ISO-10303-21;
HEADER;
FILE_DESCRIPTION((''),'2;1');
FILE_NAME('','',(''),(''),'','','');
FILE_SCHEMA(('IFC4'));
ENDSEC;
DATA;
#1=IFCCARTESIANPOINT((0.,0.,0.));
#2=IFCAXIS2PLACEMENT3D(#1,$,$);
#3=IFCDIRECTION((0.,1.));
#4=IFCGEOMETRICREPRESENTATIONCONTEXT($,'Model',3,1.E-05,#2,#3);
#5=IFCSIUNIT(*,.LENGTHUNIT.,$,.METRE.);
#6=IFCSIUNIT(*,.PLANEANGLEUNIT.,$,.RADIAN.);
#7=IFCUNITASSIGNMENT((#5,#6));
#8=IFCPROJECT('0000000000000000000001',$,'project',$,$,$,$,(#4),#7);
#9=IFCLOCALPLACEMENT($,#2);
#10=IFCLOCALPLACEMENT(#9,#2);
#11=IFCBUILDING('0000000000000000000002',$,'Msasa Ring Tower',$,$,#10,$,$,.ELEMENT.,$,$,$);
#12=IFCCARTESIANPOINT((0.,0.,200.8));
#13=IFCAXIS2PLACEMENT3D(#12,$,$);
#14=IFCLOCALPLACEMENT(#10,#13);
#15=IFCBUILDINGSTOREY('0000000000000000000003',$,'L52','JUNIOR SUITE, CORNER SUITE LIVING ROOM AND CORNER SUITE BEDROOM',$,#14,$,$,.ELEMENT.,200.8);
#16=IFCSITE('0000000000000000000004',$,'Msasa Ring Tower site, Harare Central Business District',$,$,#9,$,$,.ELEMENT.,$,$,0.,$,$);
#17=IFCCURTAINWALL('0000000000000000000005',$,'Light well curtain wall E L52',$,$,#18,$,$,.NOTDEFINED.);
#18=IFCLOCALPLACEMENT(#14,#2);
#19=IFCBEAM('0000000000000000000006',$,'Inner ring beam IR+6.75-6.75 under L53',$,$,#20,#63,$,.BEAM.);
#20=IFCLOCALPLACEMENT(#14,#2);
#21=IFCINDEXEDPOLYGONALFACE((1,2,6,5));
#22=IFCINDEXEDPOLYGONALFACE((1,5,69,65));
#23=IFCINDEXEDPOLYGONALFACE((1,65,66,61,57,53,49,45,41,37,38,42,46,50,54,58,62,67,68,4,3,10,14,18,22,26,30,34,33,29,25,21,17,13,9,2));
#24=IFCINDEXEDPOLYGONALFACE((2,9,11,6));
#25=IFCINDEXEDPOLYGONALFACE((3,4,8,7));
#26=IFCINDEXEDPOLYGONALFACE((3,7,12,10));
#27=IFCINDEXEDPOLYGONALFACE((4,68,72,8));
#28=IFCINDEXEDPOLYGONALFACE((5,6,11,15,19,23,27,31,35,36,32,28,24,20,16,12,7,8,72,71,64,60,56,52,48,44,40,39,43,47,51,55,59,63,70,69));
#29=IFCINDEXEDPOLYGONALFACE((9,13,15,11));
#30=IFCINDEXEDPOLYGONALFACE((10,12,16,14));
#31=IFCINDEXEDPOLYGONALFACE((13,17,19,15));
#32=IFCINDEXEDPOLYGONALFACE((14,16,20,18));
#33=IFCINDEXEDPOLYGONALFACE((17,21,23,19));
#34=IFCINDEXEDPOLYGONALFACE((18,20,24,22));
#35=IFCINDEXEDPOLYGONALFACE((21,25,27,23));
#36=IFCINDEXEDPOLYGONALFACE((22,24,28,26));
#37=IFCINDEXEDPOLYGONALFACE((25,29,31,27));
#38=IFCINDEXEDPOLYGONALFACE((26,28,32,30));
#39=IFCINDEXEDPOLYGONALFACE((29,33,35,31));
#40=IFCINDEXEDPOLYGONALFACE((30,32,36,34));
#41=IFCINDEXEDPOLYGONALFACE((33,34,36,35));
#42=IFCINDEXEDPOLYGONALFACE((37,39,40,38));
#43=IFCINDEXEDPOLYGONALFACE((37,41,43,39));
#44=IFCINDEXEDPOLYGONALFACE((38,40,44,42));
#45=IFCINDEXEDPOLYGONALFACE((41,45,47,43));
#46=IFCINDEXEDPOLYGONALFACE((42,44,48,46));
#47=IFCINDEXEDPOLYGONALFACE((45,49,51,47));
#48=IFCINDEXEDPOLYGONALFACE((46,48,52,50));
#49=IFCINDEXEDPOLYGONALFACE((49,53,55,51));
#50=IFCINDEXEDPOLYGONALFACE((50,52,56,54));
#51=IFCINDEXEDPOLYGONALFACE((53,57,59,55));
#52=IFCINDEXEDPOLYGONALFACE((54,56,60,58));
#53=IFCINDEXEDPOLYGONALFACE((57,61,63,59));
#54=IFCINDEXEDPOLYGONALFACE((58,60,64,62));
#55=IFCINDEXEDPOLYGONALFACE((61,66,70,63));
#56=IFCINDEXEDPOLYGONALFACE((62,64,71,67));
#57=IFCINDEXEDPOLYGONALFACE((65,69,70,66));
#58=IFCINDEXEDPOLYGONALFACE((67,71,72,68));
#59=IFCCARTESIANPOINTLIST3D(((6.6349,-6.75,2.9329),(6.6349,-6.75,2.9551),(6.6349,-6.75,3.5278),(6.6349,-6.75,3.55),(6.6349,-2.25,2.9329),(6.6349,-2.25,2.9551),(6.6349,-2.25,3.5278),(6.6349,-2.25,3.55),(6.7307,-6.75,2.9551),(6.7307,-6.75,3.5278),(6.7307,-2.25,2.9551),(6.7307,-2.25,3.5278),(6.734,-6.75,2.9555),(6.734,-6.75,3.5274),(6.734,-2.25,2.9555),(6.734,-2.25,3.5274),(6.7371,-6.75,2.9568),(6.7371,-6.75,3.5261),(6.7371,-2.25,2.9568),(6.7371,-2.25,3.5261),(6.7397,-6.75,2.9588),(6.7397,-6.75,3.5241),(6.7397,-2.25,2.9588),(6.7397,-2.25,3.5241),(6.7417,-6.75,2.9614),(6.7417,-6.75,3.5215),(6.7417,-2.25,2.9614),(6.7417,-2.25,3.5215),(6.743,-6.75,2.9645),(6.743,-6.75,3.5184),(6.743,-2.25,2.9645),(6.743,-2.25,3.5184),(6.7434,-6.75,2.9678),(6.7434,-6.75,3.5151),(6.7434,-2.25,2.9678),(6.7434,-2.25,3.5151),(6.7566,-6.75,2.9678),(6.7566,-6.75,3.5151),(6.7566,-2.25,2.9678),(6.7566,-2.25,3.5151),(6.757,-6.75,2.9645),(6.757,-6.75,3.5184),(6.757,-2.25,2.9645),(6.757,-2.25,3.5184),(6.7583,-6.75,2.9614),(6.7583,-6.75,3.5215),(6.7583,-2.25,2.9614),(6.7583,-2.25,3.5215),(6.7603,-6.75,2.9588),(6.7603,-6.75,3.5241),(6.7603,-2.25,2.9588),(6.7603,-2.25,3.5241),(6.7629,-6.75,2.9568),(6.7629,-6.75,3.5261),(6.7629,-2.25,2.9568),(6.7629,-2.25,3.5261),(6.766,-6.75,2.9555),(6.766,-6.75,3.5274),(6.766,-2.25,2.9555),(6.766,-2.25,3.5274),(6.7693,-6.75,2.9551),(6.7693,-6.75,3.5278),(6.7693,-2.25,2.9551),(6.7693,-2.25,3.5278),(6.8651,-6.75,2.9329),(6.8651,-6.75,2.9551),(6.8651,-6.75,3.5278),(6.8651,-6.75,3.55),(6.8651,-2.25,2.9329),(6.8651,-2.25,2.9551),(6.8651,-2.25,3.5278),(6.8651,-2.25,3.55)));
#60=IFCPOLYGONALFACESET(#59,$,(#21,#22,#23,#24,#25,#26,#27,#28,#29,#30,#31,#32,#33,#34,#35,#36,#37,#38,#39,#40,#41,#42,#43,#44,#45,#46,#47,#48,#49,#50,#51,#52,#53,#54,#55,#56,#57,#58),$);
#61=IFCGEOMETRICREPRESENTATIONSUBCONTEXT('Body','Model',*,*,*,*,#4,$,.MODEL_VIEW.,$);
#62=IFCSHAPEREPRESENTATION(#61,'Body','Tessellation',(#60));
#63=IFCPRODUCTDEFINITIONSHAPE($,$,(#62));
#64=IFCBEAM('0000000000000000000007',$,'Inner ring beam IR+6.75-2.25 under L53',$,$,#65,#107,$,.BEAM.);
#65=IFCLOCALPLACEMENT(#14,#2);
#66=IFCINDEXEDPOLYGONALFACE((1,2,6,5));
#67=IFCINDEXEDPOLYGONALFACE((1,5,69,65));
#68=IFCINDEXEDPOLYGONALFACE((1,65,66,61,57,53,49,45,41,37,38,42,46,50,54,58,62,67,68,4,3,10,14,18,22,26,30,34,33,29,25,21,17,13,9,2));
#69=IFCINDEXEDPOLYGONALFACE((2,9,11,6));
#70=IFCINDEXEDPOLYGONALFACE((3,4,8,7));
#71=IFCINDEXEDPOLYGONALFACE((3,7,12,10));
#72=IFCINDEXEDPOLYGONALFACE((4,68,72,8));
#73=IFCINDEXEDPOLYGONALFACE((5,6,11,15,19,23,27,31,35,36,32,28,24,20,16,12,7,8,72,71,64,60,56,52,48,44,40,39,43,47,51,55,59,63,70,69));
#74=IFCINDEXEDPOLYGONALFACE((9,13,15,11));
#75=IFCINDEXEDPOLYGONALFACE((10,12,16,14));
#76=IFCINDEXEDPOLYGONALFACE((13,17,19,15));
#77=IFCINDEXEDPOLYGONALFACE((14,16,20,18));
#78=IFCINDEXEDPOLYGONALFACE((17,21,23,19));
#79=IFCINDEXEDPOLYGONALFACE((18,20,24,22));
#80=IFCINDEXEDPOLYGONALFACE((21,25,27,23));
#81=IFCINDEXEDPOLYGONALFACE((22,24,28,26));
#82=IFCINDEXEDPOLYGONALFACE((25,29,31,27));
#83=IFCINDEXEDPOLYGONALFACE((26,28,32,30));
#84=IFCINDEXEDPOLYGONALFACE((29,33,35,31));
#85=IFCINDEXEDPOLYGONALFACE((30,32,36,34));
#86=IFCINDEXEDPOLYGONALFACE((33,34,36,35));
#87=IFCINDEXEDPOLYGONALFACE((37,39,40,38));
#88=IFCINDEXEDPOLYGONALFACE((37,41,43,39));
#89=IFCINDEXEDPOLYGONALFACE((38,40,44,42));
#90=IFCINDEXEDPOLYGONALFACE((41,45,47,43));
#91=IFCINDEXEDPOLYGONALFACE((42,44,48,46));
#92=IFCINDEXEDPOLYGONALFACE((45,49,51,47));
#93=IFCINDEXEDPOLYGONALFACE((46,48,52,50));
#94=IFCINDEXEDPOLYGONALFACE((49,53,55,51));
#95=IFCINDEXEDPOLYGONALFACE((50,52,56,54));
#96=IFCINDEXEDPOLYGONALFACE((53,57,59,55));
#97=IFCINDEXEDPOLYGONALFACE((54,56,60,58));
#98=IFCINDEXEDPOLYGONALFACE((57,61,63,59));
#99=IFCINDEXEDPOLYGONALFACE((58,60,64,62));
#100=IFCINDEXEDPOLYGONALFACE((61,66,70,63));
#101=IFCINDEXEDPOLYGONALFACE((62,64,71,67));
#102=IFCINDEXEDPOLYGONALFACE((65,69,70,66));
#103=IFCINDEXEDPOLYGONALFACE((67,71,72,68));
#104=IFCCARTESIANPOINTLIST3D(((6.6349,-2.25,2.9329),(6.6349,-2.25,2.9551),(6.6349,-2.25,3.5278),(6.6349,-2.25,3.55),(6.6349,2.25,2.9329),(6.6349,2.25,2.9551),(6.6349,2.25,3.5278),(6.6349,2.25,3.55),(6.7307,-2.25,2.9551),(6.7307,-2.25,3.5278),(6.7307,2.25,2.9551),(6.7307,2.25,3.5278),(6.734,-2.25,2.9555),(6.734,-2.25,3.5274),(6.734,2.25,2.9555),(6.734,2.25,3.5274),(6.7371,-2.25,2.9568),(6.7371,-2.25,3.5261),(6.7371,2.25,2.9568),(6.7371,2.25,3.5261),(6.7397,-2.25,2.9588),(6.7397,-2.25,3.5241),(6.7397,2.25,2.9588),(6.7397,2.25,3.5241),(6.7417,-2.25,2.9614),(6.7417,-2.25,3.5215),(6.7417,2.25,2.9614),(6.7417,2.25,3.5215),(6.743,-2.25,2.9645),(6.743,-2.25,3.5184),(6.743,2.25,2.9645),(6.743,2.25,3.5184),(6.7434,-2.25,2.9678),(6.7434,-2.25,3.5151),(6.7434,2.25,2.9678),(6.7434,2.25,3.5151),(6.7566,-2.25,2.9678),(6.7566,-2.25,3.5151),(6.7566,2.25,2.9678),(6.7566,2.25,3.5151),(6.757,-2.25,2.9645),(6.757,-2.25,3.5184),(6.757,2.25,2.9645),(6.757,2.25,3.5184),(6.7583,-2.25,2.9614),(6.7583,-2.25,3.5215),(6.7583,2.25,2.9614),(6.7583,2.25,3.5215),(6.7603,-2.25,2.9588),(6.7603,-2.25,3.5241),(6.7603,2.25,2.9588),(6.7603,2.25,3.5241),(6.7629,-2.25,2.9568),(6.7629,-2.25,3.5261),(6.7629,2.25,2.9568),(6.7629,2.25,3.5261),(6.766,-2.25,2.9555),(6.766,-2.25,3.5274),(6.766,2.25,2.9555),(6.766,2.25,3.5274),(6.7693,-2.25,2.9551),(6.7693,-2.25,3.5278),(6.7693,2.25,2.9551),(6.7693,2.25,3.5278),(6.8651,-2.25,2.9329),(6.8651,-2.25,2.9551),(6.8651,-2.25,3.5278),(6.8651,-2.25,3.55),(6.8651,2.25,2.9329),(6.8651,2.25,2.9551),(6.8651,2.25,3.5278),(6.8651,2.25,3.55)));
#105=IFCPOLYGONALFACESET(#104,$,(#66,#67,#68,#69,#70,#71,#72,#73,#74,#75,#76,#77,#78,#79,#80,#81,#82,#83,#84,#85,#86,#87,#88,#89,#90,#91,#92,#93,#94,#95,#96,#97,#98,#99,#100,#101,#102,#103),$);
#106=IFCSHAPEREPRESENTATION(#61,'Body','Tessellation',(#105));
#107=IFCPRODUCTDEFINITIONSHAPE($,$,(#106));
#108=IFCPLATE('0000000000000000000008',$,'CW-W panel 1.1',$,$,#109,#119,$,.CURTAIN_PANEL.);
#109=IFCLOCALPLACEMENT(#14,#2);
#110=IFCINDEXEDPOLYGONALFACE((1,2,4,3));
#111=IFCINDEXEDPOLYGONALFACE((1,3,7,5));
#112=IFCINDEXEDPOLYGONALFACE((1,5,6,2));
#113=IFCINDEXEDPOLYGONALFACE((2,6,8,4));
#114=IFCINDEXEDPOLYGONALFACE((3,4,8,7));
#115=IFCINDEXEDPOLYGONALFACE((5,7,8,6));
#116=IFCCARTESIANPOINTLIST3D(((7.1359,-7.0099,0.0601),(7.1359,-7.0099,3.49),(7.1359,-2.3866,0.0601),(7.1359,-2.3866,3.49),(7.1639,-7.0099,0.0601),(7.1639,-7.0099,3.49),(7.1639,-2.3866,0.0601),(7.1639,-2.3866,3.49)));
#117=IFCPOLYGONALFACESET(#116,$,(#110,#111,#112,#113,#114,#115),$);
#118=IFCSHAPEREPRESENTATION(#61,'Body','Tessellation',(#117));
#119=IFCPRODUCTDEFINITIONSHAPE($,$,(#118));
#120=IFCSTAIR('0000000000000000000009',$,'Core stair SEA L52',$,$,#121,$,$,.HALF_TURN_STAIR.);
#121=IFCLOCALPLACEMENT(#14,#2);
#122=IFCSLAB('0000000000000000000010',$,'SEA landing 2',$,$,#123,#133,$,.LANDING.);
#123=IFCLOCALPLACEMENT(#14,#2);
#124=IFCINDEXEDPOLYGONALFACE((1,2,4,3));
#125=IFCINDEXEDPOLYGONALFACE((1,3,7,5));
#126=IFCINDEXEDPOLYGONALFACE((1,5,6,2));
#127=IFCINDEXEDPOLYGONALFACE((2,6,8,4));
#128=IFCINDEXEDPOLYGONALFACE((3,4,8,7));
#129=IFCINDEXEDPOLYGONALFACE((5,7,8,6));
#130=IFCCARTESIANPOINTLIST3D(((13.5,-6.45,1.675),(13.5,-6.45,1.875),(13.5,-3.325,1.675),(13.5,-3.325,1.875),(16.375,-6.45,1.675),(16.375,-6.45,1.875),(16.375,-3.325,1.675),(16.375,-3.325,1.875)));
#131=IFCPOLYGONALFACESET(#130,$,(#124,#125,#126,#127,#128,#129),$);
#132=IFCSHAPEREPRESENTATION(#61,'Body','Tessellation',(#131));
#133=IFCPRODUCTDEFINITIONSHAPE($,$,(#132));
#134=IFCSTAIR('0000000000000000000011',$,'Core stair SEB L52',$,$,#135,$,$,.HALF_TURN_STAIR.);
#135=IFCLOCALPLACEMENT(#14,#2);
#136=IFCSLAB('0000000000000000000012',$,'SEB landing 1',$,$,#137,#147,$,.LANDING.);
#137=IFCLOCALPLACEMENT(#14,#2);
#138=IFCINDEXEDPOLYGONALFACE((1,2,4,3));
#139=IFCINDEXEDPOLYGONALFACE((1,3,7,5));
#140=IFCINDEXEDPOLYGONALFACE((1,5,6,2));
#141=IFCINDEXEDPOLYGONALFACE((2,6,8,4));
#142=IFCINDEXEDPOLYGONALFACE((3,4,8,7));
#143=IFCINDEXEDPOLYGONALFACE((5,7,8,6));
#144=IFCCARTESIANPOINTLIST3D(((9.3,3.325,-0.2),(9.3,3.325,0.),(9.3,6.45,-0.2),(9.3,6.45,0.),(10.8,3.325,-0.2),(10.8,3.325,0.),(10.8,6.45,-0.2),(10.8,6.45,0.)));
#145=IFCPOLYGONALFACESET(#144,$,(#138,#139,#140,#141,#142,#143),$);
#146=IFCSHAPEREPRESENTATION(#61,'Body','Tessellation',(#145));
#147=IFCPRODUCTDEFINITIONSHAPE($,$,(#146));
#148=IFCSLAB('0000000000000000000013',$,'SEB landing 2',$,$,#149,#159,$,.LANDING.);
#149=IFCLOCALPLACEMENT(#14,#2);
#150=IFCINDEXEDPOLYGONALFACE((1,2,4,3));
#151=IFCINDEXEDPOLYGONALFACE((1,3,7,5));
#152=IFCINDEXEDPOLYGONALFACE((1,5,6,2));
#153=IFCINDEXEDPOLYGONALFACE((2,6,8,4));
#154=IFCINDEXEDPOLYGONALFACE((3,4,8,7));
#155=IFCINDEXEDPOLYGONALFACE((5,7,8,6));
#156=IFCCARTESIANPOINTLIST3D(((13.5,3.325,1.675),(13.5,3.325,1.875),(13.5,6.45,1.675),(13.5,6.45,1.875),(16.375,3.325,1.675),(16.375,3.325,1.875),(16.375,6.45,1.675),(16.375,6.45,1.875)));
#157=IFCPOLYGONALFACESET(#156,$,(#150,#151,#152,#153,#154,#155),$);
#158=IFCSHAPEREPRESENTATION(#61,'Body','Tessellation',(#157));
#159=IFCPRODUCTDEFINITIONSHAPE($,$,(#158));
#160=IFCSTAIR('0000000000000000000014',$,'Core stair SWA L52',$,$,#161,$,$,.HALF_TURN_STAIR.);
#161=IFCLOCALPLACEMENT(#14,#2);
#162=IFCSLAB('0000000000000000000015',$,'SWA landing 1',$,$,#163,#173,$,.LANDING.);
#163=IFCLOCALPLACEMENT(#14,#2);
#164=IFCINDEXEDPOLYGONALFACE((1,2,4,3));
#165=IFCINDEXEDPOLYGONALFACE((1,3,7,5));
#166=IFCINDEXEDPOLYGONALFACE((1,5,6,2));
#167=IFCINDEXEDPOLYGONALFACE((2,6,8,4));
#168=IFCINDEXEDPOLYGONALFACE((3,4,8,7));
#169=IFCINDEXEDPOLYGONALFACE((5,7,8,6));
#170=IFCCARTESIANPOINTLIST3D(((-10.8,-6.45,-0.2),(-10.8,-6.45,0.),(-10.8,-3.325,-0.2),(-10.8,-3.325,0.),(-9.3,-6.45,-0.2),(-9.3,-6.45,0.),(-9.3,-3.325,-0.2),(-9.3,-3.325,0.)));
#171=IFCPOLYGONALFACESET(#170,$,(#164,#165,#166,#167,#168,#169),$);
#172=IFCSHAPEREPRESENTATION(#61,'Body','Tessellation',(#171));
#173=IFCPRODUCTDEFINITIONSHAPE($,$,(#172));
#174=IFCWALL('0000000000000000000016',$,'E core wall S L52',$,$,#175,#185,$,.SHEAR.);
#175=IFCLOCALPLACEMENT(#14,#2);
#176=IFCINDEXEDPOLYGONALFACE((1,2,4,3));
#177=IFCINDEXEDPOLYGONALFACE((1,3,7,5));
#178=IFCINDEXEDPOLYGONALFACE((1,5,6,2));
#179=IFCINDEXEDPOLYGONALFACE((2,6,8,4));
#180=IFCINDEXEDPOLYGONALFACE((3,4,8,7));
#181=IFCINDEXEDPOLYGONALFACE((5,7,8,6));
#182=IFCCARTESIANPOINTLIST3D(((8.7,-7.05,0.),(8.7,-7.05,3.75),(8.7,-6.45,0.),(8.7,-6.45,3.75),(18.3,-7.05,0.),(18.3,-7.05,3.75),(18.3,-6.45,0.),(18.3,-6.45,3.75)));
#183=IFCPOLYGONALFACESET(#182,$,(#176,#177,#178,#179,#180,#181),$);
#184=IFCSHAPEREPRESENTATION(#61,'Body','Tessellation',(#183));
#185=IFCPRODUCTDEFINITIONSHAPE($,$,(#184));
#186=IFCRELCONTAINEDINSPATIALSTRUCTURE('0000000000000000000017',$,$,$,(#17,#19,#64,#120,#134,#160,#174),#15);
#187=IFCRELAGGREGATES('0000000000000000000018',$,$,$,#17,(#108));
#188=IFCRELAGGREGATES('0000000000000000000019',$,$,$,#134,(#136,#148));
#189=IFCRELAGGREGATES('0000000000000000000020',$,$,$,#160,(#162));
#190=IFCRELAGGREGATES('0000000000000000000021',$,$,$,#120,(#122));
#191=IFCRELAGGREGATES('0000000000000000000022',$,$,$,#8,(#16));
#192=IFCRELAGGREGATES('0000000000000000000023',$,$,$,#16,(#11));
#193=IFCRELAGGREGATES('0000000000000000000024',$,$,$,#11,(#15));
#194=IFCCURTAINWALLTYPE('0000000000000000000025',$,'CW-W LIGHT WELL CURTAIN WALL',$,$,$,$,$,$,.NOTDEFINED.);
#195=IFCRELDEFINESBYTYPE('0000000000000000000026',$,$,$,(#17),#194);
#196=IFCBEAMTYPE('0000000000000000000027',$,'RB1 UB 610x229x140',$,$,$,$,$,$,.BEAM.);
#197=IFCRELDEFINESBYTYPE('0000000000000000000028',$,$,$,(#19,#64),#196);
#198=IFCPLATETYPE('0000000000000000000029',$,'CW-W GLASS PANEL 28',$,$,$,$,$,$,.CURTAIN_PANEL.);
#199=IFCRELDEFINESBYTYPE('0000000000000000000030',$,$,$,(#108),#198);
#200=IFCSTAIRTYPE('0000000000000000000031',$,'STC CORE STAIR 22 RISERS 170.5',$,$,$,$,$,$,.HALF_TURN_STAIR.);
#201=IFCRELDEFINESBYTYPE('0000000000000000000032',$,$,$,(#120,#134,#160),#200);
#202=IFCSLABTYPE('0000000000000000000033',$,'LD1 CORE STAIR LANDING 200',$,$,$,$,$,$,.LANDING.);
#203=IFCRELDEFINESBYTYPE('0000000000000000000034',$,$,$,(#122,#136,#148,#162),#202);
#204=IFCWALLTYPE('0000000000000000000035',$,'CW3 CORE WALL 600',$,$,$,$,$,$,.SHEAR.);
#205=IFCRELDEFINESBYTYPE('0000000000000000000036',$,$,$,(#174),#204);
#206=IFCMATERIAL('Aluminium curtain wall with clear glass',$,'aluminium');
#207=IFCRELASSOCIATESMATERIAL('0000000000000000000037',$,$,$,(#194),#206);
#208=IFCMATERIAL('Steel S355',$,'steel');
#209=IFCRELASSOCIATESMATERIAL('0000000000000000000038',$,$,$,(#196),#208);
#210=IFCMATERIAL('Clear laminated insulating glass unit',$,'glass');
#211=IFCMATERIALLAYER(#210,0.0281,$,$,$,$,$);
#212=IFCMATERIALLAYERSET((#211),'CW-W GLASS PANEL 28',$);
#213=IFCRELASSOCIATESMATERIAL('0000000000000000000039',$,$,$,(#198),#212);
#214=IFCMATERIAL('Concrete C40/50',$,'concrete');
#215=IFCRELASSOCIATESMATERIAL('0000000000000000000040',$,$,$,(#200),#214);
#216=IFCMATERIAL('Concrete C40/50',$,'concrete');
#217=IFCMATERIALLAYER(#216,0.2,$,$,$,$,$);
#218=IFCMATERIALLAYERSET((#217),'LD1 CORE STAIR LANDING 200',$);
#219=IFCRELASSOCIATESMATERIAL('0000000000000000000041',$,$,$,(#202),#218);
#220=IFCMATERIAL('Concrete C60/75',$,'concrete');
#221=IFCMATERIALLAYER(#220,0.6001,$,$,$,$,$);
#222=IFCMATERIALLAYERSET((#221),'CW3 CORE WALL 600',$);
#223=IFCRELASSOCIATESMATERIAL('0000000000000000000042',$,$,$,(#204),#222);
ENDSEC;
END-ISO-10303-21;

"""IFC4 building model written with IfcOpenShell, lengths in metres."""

from ifc_helpers import new_model, si_unit, direction, frame, frame_2d, origin, origin_2d, place, context, subcontext, project, spatial, polyline, rectangle, i_section, outline, extrude, material, layer, layer_set, material_profile, profile_set, type_object, element, aggregate, save


model = new_model("IFC4")

# Units and contexts
model_context = context("Model", 3, precision=1e-05, world=origin(), true_north=direction((0.0, 1.0)))
body_context = subcontext(model_context, "Body", "Model", "MODEL_VIEW")
ifc_project = project(units=[si_unit("LENGTHUNIT", "METRE"), si_unit("PLANEANGLEUNIT", "RADIAN")], contexts=[model_context])

# Site, building, storey
site_placement = place(None, origin())
site = spatial("IfcSite", under=ifc_project, at=site_placement, Name="Msasa Ring Tower site, Harare Central Business District", CompositionType="ELEMENT", RefElevation=0.0)
building_placement = place(site_placement, origin())
building = spatial("IfcBuilding", under=site, at=building_placement, Name="Msasa Ring Tower", CompositionType="ELEMENT")
storey_placement = place(building_placement, frame((0.0, 0.0, 200.8)))
storey = spatial("IfcBuildingStorey", under=building, at=storey_placement, Name="L52", Description="JUNIOR SUITE, CORNER SUITE LIVING ROOM AND CORNER SUITE BEDROOM", CompositionType="ELEMENT", Elevation=200.8)

# Curtain wall
ifc_material_1 = material(Name="Aluminium curtain wall with clear glass", Category="aluminium")
curtain_wall_type = type_object("IfcCurtainWallType", Name="CW-W LIGHT WELL CURTAIN WALL", PredefinedType="NOTDEFINED", material=ifc_material_1)
curtain_wall_placement = place(storey_placement, origin())
curtain_wall = element("IfcCurtainWall", 1, at=curtain_wall_placement, inside=storey, type_object=curtain_wall_type, Name="Light well curtain wall E L52", PredefinedType="NOTDEFINED")

# Beams
ifc_material_2 = material(Name="Steel S355", Category="steel")
ifc_material_profile_1 = material_profile(ifc_material_2, i_section(OverallWidth=0.2302, OverallDepth=0.6172, WebThickness=0.0132, FlangeThickness=0.0222, FilletRadius=0.0127, at=origin_2d()), Name="UB 610x229x140")
ifc_profile_set_1 = profile_set([ifc_material_profile_1], Name="Steel S355")
beam_type = type_object("IfcBeamType", Name="RB1 UB 610x229x140", PredefinedType="BEAM", material=ifc_profile_set_1)
for number, where, z_axis, x_axis, name in (
    (2, (6.75, -6.75, 3.2415), (0.0, 1.0, 0.0), (-1.0, 0.0, 0.0), "Inner ring beam IR+6.75-6.75 under L53"),
    (3, (6.75, -2.25, 3.2415), (0.0, 1.0, 0.0), (-1.0, 0.0, 0.0), "Inner ring beam IR+6.75-2.25 under L53"),
):
    element("IfcBeam", number, at=place(storey_placement, frame(where, z_axis=z_axis, x_axis=x_axis)), inside=storey, type_object=beam_type, Name=name, PredefinedType="BEAM", context=body_context, shape_type="SweptSolid", body=[
        extrude(i_section(OverallWidth=0.2302, OverallDepth=0.6172, WebThickness=0.0132, FlangeThickness=0.0222, FilletRadius=0.0127, at=origin_2d()), origin(), (0.0, 0.0, 1.0), 4.5),
    ])

# Plate
ifc_material_3 = material(Name="Clear laminated insulating glass unit", Category="glass")
ifc_layer_1 = layer(ifc_material_3, 0.0281)
ifc_layer_set_1 = layer_set([ifc_layer_1], Name="CW-W GLASS PANEL 28")
plate_type = type_object("IfcPlateType", Name="CW-W GLASS PANEL 28", PredefinedType="CURTAIN_PANEL", material=ifc_layer_set_1)
plate_placement = place(storey_placement, frame((7.1499, -4.6982, 0.0601), z_axis=(0.0, 0.0, 1.0), x_axis=(0.0, 1.0, 0.0)))
plate = element("IfcPlate", 4, at=plate_placement, type_object=plate_type, Name="CW-W panel 1.1", PredefinedType="CURTAIN_PANEL", context=body_context, shape_type="SweptSolid", body=[
    extrude(rectangle(XDim=4.6233, YDim=0.0281, at=origin_2d()), origin(), (0.0, 0.0, 1.0), 3.4299),
])
aggregate(curtain_wall, [plate])

# Stair, slab
ifc_material_4 = material(Name="Concrete C40/50", Category="concrete")
stair_type = type_object("IfcStairType", Name="STC CORE STAIR 22 RISERS 170.5", PredefinedType="HALF_TURN_STAIR", material=ifc_material_4)
stair_1_placement = place(storey_placement, origin())
stair_1 = element("IfcStair", 5, at=stair_1_placement, inside=storey, type_object=stair_type, Name="Core stair SEA L52", PredefinedType="HALF_TURN_STAIR")
ifc_material_5 = material(Name="Concrete C40/50", Category="concrete")
ifc_layer_2 = layer(ifc_material_5, 0.2)
ifc_layer_set_2 = layer_set([ifc_layer_2], Name="LD1 CORE STAIR LANDING 200")
slab_type = type_object("IfcSlabType", Name="LD1 CORE STAIR LANDING 200", PredefinedType="LANDING", material=ifc_layer_set_2)
slab_1_placement = place(storey_placement, frame((0.0, 0.0, 1.675)))
slab_1 = element("IfcSlab", 6, at=slab_1_placement, type_object=slab_type, Name="SEA landing 2", PredefinedType="LANDING", context=body_context, shape_type="SweptSolid", body=[
    extrude(outline(polyline([(13.5, -6.45), (16.375, -6.45), (16.375, -3.325), (13.5, -3.325), (13.5, -6.45)])), origin(), (0.0, 0.0, 1.0), 0.2),
])

# Stair, slabs
stair_2_placement = place(storey_placement, origin())
stair_2 = element("IfcStair", 7, at=stair_2_placement, inside=storey, type_object=stair_type, Name="Core stair SEB L52", PredefinedType="HALF_TURN_STAIR")
slab_2_placement = place(storey_placement, frame((0.0, 0.0, -0.2)))
slab_2 = element("IfcSlab", 8, at=slab_2_placement, type_object=slab_type, Name="SEB landing 1", PredefinedType="LANDING", context=body_context, shape_type="SweptSolid", body=[
    extrude(outline(polyline([(9.3, 3.325), (10.8, 3.325), (10.8, 6.45), (9.3, 6.45), (9.3, 3.325)])), origin(), (0.0, 0.0, 1.0), 0.2),
])
slab_3_placement = place(storey_placement, frame((0.0, 0.0, 1.675)))
slab_3 = element("IfcSlab", 9, at=slab_3_placement, type_object=slab_type, Name="SEB landing 2", PredefinedType="LANDING", context=body_context, shape_type="SweptSolid", body=[
    extrude(outline(polyline([(13.5, 3.325), (16.375, 3.325), (16.375, 6.45), (13.5, 6.45), (13.5, 3.325)])), origin(), (0.0, 0.0, 1.0), 0.2),
])
aggregate(stair_2, [slab_2, slab_3])

# Stair, slab
stair_3_placement = place(storey_placement, origin())
stair_3 = element("IfcStair", 10, at=stair_3_placement, inside=storey, type_object=stair_type, Name="Core stair SWA L52", PredefinedType="HALF_TURN_STAIR")
slab_4_placement = place(storey_placement, frame((0.0, 0.0, -0.2)))
slab_4 = element("IfcSlab", 11, at=slab_4_placement, type_object=slab_type, Name="SWA landing 1", PredefinedType="LANDING", context=body_context, shape_type="SweptSolid", body=[
    extrude(outline(polyline([(-10.8, -6.45), (-9.3, -6.45), (-9.3, -3.325), (-10.8, -3.325), (-10.8, -6.45)])), origin(), (0.0, 0.0, 1.0), 0.2),
])
aggregate(stair_3, [slab_4])

# Wall
ifc_material_6 = material(Name="Concrete C60/75", Category="concrete")
ifc_layer_3 = layer(ifc_material_6, 0.6001)
ifc_layer_set_3 = layer_set([ifc_layer_3], Name="CW3 CORE WALL 600")
wall_type_1 = type_object("IfcWallType", Name="CW3 CORE WALL 600", PredefinedType="SHEAR", material=ifc_layer_set_3)
wall_1_placement = place(storey_placement, frame((8.7, -6.75, 0.0), z_axis=(0.0, 0.0, 1.0), x_axis=(1.0, 0.0, 0.0)))
element("IfcWall", 12, at=wall_1_placement, inside=storey, type_object=wall_type_1, Name="E core wall S L52", PredefinedType="SHEAR", context=body_context, shape_type="SweptSolid", body=[
    extrude(rectangle(XDim=9.6001, YDim=0.6001, at=frame_2d((4.8, 0.0))), origin(), (0.0, 0.0, 1.0), 3.75),
])

aggregate(stair_1, [slab_1])

save(model, "model.ifc")
